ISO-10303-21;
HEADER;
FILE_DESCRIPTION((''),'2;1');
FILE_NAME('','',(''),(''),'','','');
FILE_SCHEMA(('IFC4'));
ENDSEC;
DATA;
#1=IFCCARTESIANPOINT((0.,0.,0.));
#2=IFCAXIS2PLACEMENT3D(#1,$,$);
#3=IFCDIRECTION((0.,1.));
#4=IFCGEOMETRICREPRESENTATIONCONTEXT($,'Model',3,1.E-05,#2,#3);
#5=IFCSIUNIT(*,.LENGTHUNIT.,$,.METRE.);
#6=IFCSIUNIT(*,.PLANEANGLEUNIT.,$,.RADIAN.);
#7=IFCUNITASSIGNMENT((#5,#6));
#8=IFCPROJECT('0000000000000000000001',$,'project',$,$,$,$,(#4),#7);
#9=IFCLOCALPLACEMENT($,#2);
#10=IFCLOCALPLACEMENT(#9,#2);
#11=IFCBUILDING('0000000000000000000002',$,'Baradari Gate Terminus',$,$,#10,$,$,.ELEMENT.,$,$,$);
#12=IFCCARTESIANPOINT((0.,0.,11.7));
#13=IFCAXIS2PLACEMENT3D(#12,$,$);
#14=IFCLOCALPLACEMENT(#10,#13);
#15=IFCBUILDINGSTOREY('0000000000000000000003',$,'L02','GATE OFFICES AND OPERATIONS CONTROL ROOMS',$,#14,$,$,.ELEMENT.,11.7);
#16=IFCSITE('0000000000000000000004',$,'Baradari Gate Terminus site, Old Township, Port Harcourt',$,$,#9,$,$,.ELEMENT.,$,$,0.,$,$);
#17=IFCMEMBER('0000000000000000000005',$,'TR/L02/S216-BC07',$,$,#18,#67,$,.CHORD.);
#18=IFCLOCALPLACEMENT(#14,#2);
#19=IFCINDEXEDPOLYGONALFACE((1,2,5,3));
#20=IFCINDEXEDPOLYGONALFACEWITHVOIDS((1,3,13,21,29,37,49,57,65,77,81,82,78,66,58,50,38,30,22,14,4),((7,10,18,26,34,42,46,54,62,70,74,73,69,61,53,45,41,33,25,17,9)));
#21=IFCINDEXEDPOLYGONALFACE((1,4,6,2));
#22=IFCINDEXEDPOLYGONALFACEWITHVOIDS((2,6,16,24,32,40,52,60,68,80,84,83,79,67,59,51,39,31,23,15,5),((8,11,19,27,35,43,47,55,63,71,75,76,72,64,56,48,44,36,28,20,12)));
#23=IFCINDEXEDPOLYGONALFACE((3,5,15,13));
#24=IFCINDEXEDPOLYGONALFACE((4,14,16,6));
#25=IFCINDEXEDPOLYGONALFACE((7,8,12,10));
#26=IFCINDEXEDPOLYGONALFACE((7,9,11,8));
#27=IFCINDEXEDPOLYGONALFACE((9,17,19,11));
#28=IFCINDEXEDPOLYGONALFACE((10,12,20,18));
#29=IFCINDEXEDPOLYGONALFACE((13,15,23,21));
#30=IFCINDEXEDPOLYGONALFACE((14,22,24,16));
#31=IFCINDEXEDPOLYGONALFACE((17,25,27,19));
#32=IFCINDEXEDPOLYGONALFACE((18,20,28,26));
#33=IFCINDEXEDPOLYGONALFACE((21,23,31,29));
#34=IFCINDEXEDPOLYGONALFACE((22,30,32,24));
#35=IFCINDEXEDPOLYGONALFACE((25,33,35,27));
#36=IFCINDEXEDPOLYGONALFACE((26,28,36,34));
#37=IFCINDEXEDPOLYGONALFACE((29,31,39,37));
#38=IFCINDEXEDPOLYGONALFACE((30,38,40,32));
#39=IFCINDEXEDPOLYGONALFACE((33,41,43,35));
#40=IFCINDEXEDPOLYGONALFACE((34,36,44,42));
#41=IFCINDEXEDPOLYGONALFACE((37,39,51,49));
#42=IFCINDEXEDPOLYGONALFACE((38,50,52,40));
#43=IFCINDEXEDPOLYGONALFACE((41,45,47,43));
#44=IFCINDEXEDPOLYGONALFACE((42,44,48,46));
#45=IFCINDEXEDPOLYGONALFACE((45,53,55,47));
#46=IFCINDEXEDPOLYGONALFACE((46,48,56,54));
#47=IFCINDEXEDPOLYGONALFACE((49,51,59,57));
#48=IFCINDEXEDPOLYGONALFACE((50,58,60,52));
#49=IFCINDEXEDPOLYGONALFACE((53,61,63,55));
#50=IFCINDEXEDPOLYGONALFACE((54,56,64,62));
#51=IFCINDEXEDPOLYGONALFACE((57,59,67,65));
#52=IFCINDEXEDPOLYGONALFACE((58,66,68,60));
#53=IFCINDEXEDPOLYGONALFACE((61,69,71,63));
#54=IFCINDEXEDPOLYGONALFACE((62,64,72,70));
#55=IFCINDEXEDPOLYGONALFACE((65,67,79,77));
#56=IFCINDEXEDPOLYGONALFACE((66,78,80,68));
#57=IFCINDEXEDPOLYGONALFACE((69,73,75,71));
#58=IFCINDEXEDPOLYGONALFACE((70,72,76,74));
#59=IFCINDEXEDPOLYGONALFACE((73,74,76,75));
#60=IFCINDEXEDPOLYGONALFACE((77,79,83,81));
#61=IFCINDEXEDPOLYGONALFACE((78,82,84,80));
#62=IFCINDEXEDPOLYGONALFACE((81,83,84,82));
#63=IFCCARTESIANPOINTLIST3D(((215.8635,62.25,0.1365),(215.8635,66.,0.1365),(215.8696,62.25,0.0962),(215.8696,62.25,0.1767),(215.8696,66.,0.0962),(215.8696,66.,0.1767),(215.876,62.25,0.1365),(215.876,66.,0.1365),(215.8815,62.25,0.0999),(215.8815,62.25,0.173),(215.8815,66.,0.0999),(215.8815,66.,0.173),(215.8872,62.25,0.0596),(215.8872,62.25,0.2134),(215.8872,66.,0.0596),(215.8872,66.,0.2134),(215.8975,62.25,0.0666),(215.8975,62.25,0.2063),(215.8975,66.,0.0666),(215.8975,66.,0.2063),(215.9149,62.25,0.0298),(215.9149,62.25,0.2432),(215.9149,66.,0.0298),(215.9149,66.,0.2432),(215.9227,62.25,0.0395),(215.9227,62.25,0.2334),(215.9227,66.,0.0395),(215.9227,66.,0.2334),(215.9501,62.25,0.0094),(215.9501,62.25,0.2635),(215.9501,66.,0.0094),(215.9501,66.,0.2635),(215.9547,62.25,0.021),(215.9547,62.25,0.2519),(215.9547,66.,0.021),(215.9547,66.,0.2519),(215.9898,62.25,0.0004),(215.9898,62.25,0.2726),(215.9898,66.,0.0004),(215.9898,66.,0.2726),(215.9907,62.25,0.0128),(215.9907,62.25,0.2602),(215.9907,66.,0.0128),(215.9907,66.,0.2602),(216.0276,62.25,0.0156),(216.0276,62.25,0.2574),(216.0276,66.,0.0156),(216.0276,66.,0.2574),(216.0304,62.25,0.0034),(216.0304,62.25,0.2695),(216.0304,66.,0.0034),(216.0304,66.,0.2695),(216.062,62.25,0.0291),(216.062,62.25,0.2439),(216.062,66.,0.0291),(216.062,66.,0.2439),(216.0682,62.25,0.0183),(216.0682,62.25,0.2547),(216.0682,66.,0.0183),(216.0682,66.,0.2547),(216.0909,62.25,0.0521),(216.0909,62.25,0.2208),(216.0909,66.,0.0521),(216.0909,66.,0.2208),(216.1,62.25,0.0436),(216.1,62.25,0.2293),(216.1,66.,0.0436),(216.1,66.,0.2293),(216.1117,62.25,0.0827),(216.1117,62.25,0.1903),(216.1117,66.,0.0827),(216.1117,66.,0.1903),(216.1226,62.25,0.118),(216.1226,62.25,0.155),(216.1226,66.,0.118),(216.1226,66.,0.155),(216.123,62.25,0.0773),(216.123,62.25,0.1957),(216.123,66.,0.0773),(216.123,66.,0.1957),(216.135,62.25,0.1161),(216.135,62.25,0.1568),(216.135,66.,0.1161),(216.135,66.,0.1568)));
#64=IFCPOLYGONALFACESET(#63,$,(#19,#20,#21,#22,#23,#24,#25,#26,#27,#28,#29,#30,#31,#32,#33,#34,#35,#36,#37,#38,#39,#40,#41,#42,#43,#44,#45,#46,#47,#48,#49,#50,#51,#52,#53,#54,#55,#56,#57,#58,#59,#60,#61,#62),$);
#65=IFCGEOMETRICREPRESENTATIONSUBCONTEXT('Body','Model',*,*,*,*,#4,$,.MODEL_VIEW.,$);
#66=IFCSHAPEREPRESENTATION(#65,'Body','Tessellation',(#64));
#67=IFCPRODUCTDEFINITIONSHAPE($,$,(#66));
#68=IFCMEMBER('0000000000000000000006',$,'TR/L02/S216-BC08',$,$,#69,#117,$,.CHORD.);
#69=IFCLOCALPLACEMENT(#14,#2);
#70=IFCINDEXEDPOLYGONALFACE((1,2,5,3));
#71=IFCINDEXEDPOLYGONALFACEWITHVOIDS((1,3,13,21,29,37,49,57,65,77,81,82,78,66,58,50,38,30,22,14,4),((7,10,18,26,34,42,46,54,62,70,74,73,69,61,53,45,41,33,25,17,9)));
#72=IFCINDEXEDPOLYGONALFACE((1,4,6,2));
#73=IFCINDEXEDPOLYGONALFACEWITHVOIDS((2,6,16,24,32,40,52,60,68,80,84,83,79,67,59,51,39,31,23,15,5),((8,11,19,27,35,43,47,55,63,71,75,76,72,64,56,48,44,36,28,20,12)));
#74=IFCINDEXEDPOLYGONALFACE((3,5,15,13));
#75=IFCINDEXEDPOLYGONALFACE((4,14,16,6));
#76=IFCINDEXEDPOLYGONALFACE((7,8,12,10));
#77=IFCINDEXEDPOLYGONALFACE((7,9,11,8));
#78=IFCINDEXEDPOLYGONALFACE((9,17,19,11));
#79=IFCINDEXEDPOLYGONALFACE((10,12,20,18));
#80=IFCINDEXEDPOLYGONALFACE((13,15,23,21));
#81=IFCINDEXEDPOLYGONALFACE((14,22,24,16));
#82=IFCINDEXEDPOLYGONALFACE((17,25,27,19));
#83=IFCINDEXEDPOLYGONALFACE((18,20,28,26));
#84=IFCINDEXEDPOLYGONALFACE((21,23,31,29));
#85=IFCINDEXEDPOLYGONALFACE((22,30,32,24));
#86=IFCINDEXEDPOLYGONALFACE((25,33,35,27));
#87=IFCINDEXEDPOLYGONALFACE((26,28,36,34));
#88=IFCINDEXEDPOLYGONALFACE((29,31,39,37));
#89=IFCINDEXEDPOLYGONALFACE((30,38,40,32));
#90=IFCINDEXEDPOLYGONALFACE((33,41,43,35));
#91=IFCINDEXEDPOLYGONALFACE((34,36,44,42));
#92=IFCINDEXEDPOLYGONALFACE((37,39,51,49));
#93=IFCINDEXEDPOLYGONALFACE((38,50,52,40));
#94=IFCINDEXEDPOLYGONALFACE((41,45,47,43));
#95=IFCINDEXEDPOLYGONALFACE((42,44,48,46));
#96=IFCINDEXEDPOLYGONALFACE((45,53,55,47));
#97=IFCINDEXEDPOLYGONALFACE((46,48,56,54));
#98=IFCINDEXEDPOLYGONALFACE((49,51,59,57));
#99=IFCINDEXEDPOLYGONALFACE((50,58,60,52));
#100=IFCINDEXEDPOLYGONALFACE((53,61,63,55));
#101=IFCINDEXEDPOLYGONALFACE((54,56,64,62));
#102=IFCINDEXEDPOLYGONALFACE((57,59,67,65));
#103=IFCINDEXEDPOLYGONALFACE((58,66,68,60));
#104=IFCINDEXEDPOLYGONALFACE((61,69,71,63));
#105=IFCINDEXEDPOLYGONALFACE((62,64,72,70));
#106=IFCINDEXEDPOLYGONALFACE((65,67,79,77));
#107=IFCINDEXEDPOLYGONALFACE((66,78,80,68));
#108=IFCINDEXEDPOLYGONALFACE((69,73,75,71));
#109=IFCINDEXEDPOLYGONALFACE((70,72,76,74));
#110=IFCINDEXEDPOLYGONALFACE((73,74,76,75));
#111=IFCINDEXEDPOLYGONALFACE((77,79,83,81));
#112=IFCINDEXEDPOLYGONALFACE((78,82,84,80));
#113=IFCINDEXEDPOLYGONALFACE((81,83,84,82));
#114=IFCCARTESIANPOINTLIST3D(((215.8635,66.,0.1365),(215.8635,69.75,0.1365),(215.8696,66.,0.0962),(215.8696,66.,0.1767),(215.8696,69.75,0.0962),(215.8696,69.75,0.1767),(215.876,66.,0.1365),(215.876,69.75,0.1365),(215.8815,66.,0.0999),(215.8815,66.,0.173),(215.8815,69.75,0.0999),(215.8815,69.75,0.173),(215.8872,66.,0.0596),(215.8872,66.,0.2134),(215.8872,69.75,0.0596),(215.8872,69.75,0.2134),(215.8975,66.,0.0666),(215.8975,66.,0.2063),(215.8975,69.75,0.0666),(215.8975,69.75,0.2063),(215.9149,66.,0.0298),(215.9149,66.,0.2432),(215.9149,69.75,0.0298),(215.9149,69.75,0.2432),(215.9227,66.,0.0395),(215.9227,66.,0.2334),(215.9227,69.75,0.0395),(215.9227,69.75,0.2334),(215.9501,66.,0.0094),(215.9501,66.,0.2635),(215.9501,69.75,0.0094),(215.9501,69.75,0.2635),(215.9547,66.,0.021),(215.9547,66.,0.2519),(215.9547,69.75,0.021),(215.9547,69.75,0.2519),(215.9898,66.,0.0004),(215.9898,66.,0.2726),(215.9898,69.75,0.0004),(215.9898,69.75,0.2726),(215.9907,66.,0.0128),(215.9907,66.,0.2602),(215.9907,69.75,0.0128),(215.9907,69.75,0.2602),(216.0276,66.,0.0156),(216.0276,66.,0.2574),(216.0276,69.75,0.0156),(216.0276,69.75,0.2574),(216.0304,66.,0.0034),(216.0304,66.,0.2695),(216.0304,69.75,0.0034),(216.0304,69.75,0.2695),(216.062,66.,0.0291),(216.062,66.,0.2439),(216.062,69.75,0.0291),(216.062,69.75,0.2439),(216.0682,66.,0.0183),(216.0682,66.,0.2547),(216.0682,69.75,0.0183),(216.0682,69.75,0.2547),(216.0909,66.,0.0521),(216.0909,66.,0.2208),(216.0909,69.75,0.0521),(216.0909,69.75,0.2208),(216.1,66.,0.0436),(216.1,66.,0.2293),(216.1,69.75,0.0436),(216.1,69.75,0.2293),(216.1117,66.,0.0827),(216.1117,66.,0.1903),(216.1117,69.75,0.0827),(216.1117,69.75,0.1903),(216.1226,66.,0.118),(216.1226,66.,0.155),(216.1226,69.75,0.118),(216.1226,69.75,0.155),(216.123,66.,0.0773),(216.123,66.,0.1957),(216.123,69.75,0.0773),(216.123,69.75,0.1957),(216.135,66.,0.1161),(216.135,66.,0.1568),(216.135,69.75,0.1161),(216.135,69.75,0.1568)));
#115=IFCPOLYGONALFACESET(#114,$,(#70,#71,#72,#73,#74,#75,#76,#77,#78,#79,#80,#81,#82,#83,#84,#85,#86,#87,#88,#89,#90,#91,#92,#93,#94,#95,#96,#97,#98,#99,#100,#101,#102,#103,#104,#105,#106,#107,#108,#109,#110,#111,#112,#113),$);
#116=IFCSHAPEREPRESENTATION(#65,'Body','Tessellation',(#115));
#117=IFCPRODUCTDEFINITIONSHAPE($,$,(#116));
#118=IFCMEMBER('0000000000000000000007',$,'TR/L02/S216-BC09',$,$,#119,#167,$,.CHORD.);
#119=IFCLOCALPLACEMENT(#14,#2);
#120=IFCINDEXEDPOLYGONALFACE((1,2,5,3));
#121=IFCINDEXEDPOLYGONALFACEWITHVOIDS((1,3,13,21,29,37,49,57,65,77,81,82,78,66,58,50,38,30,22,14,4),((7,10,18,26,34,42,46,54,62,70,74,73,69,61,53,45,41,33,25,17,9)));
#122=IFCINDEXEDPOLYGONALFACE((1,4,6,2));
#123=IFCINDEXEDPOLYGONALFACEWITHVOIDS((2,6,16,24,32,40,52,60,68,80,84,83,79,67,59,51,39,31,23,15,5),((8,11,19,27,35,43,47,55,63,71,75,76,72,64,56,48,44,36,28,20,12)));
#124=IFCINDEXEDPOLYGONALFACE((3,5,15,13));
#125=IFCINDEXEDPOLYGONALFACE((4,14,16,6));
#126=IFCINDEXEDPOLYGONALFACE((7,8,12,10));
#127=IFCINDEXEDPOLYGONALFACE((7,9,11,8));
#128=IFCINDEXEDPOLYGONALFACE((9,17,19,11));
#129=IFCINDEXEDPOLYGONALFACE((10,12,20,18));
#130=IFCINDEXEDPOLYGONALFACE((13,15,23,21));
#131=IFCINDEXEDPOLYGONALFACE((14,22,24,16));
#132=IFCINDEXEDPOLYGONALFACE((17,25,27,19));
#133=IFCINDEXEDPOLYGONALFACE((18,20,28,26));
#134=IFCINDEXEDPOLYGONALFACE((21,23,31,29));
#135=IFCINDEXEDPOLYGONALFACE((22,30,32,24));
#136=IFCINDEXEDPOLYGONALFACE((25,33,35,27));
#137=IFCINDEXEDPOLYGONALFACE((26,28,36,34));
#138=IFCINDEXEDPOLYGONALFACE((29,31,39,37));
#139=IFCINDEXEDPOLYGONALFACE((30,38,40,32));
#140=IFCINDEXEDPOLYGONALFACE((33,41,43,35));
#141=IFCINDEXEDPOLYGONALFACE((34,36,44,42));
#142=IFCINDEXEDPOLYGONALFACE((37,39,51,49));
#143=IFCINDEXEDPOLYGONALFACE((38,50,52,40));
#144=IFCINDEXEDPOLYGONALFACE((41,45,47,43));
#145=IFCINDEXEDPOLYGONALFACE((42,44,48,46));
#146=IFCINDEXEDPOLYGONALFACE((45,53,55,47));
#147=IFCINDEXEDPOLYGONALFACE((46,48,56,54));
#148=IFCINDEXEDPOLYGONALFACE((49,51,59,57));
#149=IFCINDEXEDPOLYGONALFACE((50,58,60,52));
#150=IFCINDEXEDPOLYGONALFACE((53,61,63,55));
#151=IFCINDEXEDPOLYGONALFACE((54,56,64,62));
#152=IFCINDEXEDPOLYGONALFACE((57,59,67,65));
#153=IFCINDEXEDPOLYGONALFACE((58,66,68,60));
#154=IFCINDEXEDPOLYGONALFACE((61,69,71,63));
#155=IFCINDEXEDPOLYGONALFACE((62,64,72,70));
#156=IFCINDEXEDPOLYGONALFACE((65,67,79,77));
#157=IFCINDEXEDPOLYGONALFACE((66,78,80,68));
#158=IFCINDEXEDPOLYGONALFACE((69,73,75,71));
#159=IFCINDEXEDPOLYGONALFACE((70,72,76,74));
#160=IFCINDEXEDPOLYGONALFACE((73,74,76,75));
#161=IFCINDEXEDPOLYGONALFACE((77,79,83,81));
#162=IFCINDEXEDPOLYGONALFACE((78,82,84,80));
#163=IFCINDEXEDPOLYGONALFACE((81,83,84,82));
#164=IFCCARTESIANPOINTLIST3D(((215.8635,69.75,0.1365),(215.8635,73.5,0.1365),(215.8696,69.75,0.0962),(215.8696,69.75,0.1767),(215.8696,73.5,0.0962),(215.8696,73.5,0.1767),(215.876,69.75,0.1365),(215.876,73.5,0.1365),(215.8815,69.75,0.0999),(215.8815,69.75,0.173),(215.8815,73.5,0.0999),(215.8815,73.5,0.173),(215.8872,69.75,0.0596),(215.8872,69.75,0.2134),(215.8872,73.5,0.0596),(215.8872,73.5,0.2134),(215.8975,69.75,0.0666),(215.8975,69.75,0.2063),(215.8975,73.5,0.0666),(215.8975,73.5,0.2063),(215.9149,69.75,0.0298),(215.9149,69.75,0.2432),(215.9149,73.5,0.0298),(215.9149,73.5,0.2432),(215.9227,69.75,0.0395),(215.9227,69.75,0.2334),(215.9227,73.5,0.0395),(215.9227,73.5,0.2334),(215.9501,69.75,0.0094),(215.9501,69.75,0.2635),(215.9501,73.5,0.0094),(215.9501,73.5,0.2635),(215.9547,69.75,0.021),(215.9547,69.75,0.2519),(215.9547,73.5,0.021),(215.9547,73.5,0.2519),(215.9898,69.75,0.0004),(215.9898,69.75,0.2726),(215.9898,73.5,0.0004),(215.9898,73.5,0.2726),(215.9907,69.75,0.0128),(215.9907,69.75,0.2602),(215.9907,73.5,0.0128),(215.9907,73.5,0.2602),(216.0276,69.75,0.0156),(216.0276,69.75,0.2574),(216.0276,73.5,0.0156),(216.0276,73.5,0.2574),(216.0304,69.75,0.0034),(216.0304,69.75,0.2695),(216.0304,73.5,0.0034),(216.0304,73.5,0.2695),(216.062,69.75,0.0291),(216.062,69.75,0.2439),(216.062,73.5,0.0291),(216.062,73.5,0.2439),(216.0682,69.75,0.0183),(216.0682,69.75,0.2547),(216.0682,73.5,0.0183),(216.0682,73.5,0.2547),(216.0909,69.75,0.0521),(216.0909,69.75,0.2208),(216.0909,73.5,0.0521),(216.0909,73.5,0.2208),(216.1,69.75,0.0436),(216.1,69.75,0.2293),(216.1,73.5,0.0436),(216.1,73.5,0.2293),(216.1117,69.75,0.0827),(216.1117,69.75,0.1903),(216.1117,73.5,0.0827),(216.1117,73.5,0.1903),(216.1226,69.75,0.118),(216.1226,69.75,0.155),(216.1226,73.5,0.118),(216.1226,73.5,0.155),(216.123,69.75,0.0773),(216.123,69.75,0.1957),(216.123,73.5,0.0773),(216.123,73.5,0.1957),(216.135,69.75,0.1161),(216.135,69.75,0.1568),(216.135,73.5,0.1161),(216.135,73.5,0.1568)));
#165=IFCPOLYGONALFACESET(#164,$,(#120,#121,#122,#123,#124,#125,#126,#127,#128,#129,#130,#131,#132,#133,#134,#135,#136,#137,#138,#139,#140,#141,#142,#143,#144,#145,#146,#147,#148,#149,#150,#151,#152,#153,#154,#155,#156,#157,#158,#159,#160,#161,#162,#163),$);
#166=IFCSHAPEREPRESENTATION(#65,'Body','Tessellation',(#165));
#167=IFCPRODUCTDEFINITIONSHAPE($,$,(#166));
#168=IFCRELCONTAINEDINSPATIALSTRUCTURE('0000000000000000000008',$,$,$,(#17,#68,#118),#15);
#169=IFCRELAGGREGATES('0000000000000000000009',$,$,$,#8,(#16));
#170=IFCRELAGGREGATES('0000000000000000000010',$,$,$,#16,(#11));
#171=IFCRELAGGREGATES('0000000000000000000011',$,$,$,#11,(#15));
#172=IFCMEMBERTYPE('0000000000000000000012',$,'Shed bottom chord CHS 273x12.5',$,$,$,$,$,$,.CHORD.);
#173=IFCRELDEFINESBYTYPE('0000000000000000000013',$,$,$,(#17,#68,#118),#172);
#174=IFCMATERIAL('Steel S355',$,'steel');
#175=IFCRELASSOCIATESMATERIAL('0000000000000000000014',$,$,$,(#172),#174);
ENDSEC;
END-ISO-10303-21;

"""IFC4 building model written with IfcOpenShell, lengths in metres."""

from ifc_helpers import new_model, si_unit, direction, frame, origin, origin_2d, place, context, subcontext, project, spatial, hollow_circle, extrude, material, material_profile, profile_set, type_object, element, save


model = new_model("IFC4")

# Units and contexts
model_context = context("Model", 3, precision=1e-05, world=origin(), true_north=direction((0.0, 1.0)))
body_context = subcontext(model_context, "Body", "Model", "MODEL_VIEW")
ifc_project = project(units=[si_unit("LENGTHUNIT", "METRE"), si_unit("PLANEANGLEUNIT", "RADIAN")], contexts=[model_context])

# Site, building, storey
site_placement = place(None, origin())
site = spatial("IfcSite", under=ifc_project, at=site_placement, Name="Baradari Gate Terminus site, Old Township, Port Harcourt", CompositionType="ELEMENT", RefElevation=0.0)
building_placement = place(site_placement, origin())
building = spatial("IfcBuilding", under=site, at=building_placement, Name="Baradari Gate Terminus", CompositionType="ELEMENT")
storey_placement = place(building_placement, frame((0.0, 0.0, 11.7)))
storey = spatial("IfcBuildingStorey", under=building, at=storey_placement, Name="L02", Description="GATE OFFICES AND OPERATIONS CONTROL ROOMS", CompositionType="ELEMENT", Elevation=11.7)

# Members
ifc_material_1 = material(Name="Steel S355", Category="steel")
ifc_material_profile_1 = material_profile(ifc_material_1, hollow_circle(Radius=0.1365, WallThickness=0.0125, at=origin_2d()), Name="CHS 273x12.5")
ifc_profile_set_1 = profile_set([ifc_material_profile_1], Name="Steel S355")
member_type_1 = type_object("IfcMemberType", Name="Shed bottom chord CHS 273x12.5", PredefinedType="CHORD", material=ifc_profile_set_1)
for number, where, z_axis, x_axis, name in (
    (1, (216.0, 62.25, 0.1365), (0.0, 1.0, 0.0), (-1.0, 0.0, 0.0), "TR/L02/S216-BC07"),
    (2, (216.0, 66.0, 0.1365), (0.0, 1.0, 0.0), (-1.0, 0.0, 0.0), "TR/L02/S216-BC08"),
    (3, (216.0, 69.75, 0.1365), (0.0, 1.0, 0.0), (-1.0, 0.0, 0.0), "TR/L02/S216-BC09"),
):
    element("IfcMember", number, at=place(storey_placement, frame(where, z_axis=z_axis, x_axis=x_axis)), inside=storey, type_object=member_type_1, Name=name, PredefinedType="CHORD", context=body_context, shape_type="SweptSolid", body=[
        extrude(hollow_circle(Radius=0.1365, WallThickness=0.0125, at=origin_2d()), origin(), (0.0, 0.0, 1.0), 3.75),
    ])

save(model, "model.ifc")
